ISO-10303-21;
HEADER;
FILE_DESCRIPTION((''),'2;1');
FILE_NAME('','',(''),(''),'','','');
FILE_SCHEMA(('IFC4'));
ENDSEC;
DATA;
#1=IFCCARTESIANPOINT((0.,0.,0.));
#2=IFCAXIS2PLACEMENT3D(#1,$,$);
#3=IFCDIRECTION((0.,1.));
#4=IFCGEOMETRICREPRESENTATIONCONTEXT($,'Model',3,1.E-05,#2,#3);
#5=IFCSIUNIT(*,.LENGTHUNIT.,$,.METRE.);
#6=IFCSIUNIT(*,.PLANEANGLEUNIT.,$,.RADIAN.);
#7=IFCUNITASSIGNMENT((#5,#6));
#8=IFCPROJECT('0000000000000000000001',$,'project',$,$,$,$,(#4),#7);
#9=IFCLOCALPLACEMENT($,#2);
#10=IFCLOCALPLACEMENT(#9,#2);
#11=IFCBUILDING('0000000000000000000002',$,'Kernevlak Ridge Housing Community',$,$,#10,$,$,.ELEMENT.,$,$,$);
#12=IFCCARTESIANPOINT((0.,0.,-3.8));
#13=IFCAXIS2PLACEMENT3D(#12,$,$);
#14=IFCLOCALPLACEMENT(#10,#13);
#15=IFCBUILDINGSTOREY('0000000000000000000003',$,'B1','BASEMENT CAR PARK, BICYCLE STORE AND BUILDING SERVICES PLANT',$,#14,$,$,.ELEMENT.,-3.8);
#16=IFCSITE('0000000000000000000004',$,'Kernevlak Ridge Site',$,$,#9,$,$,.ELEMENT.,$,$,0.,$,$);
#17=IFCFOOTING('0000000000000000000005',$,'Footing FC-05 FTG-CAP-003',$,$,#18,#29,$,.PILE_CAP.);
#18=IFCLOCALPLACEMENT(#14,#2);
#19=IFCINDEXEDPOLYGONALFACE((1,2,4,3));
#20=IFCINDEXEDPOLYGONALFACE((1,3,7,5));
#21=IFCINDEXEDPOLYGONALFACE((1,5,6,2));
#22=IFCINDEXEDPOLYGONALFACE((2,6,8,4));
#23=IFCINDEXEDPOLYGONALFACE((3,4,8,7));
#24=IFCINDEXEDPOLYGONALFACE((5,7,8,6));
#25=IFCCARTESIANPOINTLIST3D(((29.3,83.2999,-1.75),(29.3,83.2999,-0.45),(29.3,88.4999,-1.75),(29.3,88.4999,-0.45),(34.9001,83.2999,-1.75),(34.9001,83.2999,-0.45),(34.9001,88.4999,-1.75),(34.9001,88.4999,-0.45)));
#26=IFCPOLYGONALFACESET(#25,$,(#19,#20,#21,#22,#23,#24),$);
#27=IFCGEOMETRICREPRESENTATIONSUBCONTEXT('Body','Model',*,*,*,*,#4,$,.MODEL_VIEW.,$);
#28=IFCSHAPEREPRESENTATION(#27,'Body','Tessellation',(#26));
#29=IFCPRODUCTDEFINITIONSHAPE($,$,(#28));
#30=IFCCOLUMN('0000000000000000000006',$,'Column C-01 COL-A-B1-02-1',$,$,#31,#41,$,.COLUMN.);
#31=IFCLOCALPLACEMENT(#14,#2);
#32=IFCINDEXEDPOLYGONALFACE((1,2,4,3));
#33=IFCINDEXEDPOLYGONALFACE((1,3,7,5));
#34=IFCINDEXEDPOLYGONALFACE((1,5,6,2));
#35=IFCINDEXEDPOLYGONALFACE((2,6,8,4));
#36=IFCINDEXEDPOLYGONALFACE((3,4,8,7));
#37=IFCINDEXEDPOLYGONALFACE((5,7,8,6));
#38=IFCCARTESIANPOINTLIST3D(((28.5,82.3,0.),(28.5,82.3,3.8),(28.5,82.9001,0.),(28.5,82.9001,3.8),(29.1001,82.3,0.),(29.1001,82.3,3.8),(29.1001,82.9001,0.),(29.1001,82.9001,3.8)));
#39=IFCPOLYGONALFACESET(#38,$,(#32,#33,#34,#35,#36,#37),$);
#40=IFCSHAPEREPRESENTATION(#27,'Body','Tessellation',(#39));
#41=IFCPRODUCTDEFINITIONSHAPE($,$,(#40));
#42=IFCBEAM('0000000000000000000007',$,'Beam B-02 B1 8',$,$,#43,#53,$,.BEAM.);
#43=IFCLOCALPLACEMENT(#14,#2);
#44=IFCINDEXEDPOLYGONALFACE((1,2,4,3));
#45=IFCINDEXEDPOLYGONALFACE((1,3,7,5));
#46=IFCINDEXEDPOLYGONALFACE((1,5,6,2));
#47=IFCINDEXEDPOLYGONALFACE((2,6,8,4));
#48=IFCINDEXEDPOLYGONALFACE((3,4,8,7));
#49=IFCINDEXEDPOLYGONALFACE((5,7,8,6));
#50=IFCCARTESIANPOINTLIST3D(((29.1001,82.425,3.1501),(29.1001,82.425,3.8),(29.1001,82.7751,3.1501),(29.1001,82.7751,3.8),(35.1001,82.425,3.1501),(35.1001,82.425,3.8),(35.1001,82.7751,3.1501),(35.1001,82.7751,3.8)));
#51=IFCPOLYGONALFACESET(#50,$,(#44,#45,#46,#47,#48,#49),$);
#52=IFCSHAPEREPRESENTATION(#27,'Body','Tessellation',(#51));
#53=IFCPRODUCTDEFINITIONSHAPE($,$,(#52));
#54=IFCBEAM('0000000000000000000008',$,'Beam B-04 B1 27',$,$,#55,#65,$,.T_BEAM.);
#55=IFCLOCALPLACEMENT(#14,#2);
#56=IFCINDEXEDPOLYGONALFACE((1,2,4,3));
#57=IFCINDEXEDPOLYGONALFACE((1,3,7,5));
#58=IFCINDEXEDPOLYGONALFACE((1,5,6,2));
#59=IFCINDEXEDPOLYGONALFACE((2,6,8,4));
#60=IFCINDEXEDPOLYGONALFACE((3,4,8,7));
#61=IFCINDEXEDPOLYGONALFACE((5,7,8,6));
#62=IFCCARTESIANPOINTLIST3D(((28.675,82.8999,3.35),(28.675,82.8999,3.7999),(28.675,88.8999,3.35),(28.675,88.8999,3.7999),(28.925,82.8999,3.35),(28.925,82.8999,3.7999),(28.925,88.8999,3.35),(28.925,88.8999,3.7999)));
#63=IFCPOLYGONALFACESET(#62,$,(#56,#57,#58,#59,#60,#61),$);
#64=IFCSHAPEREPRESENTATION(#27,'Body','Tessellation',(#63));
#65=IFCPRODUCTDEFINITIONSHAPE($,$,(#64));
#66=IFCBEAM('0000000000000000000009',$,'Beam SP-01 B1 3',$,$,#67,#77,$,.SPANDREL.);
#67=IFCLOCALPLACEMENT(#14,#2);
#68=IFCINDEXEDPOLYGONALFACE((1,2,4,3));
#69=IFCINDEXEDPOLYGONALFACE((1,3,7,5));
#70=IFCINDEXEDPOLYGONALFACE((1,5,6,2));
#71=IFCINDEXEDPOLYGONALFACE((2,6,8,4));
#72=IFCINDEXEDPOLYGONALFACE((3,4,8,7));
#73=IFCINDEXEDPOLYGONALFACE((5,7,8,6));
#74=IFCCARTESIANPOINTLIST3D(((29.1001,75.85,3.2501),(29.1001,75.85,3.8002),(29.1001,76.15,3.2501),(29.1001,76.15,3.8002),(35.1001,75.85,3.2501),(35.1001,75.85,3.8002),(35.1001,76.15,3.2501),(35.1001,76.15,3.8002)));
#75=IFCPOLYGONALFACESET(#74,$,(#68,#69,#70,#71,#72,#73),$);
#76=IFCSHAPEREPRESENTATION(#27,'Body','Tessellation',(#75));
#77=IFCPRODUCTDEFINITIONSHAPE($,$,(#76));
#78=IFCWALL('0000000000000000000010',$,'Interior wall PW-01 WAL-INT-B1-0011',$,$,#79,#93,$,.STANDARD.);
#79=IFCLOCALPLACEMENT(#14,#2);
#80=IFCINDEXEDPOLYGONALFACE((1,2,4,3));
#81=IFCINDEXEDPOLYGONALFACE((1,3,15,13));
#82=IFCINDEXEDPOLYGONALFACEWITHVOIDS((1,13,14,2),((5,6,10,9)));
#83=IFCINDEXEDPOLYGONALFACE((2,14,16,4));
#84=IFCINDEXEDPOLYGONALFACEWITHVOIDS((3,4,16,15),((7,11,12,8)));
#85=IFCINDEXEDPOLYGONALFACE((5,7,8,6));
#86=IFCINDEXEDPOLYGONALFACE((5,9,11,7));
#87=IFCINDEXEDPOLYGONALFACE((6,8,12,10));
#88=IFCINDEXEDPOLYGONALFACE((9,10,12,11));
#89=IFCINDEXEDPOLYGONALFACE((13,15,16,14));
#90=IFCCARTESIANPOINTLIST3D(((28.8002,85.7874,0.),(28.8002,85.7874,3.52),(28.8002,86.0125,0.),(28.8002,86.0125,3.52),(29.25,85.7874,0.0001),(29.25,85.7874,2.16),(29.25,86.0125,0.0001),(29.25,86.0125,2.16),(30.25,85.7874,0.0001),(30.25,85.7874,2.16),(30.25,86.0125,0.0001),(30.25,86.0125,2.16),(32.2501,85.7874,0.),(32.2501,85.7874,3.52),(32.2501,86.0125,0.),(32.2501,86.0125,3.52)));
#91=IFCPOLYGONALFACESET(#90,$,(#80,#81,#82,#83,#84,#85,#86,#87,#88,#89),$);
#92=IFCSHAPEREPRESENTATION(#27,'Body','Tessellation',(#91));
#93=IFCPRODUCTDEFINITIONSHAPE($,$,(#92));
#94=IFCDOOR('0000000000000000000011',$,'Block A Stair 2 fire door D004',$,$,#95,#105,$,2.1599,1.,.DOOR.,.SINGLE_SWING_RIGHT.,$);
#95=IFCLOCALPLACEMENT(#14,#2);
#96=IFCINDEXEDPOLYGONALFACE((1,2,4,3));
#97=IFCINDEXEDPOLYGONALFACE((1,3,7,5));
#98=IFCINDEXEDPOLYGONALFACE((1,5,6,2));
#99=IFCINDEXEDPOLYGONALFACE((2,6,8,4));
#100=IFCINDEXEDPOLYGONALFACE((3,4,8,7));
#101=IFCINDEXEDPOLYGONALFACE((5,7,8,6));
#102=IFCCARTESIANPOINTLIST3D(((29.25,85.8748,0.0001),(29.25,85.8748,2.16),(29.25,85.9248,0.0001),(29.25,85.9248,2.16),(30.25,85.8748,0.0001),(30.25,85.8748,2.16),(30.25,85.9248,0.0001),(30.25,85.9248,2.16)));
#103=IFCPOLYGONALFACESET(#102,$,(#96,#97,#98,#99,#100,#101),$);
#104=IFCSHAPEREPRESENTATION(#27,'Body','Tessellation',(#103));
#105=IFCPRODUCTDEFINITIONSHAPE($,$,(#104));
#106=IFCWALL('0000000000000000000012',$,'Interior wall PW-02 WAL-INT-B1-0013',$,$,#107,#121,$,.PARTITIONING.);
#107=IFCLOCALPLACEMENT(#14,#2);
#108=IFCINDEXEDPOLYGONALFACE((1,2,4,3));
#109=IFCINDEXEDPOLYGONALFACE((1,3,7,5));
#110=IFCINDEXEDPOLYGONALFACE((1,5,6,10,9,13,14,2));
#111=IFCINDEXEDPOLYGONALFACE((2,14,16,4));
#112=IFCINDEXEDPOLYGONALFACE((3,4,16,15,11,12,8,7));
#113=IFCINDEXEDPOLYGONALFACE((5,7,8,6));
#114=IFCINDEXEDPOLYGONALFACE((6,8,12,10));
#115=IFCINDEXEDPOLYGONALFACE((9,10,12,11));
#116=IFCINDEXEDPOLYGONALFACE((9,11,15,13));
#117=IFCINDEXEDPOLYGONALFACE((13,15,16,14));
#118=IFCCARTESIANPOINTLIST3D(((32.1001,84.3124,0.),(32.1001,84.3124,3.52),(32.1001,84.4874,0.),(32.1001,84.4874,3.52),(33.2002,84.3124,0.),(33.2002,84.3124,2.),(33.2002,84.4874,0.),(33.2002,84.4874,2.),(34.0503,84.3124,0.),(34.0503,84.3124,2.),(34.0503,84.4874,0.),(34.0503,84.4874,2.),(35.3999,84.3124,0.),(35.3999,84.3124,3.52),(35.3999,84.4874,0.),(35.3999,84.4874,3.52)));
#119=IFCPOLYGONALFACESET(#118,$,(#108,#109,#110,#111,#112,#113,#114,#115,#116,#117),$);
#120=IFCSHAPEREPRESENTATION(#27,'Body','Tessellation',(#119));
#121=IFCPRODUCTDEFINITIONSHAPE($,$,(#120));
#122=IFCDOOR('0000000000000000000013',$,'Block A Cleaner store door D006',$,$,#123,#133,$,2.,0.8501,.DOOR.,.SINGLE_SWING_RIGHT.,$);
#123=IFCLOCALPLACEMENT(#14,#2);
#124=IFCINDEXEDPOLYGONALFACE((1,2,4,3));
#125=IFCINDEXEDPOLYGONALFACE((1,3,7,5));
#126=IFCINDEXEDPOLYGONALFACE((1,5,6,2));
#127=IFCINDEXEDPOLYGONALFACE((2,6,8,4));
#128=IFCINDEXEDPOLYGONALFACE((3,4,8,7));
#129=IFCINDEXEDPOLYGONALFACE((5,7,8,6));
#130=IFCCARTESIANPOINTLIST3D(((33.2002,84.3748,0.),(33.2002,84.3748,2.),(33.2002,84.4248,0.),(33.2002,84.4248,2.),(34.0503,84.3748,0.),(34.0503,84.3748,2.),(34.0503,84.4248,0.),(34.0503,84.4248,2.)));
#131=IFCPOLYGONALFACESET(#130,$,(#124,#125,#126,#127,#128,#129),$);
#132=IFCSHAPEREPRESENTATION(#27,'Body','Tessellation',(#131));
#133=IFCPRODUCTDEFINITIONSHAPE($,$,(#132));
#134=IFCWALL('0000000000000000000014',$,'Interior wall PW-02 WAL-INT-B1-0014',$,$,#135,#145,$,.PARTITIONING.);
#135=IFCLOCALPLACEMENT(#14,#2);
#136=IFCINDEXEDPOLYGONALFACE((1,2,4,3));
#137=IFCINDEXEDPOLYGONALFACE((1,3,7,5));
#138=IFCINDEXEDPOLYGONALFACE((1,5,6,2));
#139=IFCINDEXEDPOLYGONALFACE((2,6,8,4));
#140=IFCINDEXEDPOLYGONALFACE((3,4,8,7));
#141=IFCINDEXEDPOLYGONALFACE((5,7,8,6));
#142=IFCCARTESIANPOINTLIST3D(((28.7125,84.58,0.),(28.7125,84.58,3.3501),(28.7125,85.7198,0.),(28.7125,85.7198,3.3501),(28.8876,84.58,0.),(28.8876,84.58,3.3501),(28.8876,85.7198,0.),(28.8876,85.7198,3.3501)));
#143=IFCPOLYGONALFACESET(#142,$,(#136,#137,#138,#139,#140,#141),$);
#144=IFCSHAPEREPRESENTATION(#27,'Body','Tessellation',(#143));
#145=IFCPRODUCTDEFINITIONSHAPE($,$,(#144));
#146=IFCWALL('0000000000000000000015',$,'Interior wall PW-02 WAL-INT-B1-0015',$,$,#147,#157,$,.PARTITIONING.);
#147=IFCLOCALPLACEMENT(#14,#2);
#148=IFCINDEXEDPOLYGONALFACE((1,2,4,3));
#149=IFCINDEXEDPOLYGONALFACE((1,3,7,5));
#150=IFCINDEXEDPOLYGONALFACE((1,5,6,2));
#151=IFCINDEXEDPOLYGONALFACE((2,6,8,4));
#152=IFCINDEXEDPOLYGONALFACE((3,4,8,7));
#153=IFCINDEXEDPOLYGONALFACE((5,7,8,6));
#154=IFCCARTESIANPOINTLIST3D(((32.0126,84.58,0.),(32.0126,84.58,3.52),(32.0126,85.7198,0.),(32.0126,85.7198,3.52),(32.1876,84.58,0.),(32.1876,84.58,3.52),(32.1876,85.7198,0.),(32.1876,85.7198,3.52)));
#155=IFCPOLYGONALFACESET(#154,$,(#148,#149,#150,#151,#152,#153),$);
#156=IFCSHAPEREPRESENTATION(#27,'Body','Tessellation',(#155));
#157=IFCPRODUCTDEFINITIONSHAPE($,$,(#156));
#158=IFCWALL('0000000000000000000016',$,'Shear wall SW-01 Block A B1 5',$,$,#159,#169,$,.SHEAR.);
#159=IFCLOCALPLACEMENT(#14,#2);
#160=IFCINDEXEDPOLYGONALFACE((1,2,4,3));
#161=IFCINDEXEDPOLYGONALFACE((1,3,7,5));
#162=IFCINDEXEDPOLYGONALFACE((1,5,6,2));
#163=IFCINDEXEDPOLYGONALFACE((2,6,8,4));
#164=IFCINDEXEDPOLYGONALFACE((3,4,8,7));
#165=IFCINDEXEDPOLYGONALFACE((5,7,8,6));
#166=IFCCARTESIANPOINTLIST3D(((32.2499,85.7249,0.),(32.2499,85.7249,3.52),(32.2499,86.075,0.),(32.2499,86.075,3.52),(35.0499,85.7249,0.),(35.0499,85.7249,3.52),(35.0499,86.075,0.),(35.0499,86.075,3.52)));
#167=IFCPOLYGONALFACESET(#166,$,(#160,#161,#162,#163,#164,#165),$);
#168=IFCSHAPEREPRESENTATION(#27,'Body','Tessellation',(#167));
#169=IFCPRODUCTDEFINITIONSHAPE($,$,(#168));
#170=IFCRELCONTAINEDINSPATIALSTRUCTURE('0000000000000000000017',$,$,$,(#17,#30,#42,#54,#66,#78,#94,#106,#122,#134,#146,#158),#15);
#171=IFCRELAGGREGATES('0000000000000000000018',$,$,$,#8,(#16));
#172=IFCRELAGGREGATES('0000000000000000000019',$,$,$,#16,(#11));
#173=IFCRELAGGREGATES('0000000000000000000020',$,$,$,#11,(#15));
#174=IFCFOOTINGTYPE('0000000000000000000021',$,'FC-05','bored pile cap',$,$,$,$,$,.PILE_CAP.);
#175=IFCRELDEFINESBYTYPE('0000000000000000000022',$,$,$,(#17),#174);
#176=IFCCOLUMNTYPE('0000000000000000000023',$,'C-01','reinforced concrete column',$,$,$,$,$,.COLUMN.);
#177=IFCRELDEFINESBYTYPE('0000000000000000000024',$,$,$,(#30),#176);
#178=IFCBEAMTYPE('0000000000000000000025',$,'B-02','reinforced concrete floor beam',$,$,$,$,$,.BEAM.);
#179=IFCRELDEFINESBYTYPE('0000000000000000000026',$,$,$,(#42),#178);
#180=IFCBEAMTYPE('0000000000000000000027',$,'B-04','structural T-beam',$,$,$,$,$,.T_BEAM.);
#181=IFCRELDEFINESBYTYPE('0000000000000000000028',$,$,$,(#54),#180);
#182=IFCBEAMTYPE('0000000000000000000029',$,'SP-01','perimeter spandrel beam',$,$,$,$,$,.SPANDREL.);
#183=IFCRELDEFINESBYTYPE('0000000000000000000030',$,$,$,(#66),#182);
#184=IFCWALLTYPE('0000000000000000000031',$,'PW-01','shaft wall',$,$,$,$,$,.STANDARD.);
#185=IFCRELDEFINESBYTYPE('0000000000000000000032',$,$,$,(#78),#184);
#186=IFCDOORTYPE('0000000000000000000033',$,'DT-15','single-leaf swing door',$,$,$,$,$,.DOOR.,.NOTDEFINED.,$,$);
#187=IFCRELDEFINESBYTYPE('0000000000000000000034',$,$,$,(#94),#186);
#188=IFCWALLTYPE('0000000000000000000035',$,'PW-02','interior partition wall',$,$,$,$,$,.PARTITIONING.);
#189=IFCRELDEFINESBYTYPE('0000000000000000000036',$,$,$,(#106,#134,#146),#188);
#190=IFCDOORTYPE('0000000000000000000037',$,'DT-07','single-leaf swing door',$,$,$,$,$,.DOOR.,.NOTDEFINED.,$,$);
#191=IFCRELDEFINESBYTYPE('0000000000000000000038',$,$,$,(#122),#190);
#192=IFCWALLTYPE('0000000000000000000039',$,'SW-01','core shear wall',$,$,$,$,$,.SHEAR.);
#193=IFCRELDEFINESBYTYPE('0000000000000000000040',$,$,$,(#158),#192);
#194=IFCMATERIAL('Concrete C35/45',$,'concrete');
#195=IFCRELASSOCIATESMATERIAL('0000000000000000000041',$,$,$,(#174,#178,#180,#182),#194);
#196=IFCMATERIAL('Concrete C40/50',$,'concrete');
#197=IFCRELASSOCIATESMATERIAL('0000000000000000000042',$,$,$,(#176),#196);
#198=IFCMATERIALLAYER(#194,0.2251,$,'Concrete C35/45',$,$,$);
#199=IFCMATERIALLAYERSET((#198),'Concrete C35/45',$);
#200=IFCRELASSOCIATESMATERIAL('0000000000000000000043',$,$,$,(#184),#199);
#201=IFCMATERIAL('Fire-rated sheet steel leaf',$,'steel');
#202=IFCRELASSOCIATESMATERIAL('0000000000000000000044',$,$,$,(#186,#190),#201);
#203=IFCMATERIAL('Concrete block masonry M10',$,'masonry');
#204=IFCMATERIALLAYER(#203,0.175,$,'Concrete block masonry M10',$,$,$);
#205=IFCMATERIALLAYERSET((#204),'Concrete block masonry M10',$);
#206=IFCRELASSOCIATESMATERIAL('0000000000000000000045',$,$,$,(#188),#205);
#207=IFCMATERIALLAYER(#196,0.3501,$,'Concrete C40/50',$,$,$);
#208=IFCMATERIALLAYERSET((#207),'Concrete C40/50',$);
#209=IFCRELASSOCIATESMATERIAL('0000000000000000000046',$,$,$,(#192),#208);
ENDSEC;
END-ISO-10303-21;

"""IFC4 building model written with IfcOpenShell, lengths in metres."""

from ifc_helpers import new_model, si_unit, direction, frame, frame_2d, origin, origin_2d, place, context, subcontext, project, spatial, rectangle, extrude, material, layer, layer_set, material_profile, profile_set, type_object, element, fill, save


model = new_model("IFC4")

# Units and contexts
model_context = context("Model", 3, precision=1e-05, world=origin(), true_north=direction((0.0, 1.0)))
body_context = subcontext(model_context, "Body", "Model", "MODEL_VIEW")
ifc_project = project(units=[si_unit("LENGTHUNIT", "METRE"), si_unit("PLANEANGLEUNIT", "RADIAN")], contexts=[model_context])

# Site, building, storey
site_placement = place(None, origin())
site = spatial("IfcSite", under=ifc_project, at=site_placement, Name="Kernevlak Ridge Site", CompositionType="ELEMENT", RefElevation=0.0)
building_placement = place(site_placement, origin())
building = spatial("IfcBuilding", under=site, at=building_placement, Name="Kernevlak Ridge Housing Community", CompositionType="ELEMENT")
storey_placement = place(building_placement, frame((0.0, 0.0, -3.8)))
storey = spatial("IfcBuildingStorey", under=building, at=storey_placement, Name="B1", Description="BASEMENT CAR PARK, BICYCLE STORE AND BUILDING SERVICES PLANT", CompositionType="ELEMENT", Elevation=-3.8)

# Shared definitions
ifc_material_1 = material(Name="Concrete C35/45", Category="concrete")

# Footing
footing_type_1 = type_object("IfcFootingType", Name="FC-05", Description="bored pile cap", PredefinedType="PILE_CAP", material=ifc_material_1)
footing_1_placement = place(storey_placement, frame((32.1001, 85.8999, -1.75), z_axis=(0.0, 0.0, 1.0), x_axis=(1.0, 0.0, 0.0)))
element("IfcFooting", 1, at=footing_1_placement, inside=storey, type_object=footing_type_1, Name="Footing FC-05 FTG-CAP-003", PredefinedType="PILE_CAP", context=body_context, shape_type="SweptSolid", body=[
    extrude(rectangle(XDim=5.6001, YDim=5.2, at=origin_2d()), origin(), (0.0, 0.0, 1.0), 1.3),
])

# Column
ifc_material_2 = material(Name="Concrete C40/50", Category="concrete")
ifc_material_profile_1 = material_profile(ifc_material_2, rectangle(XDim=0.6001, YDim=0.6001, at=origin_2d()), Name="RC 600x600")
ifc_profile_set_1 = profile_set([ifc_material_profile_1], Name="Concrete C40/50")
column_type = type_object("IfcColumnType", Name="C-01", Description="reinforced concrete column", PredefinedType="COLUMN", material=ifc_profile_set_1)
column_placement = place(storey_placement, frame((28.8, 82.6001, 0.0), z_axis=(0.0, 0.0, 1.0), x_axis=(1.0, 0.0, 0.0)))
element("IfcColumn", 2, at=column_placement, inside=storey, type_object=column_type, Name="Column C-01 COL-A-B1-02-1", PredefinedType="COLUMN", context=body_context, shape_type="SweptSolid", body=[
    extrude(rectangle(XDim=0.6001, YDim=0.6001, at=origin_2d()), origin(), (0.0, 0.0, 1.0), 3.8),
])

# Beams
ifc_material_profile_2 = material_profile(ifc_material_1, rectangle(XDim=0.3501, YDim=0.6499, at=origin_2d()), Name="RC 350x650")
ifc_profile_set_2 = profile_set([ifc_material_profile_2], Name="Concrete C35/45")
beam_type_1 = type_object("IfcBeamType", Name="B-02", Description="reinforced concrete floor beam", PredefinedType="BEAM", material=ifc_profile_set_2)
beam_1_placement = place(storey_placement, frame((29.1001, 82.6001, 3.4751), z_axis=(1.0, 0.0, 0.0), x_axis=(0.0, 1.0, 0.0)))
element("IfcBeam", 3, at=beam_1_placement, inside=storey, type_object=beam_type_1, Name="Beam B-02 B1 8", PredefinedType="BEAM", context=body_context, shape_type="SweptSolid", body=[
    extrude(rectangle(XDim=0.3501, YDim=0.6499, at=origin_2d()), origin(), (0.0, 0.0, 1.0), 6.0),
])
ifc_material_profile_3 = material_profile(ifc_material_1, rectangle(XDim=0.25, YDim=0.45, at=origin_2d()), Name="RC 250x450")
ifc_profile_set_3 = profile_set([ifc_material_profile_3], Name="Concrete C35/45")
beam_type_2 = type_object("IfcBeamType", Name="B-04", Description="structural T-beam", PredefinedType="T_BEAM", material=ifc_profile_set_3)
beam_2_placement = place(storey_placement, frame((28.8, 82.8999, 3.575), z_axis=(0.0, 1.0, 0.0), x_axis=(-1.0, 0.0, 0.0)))
element("IfcBeam", 4, at=beam_2_placement, inside=storey, type_object=beam_type_2, Name="Beam B-04 B1 27", PredefinedType="T_BEAM", context=body_context, shape_type="SweptSolid", body=[
    extrude(rectangle(XDim=0.25, YDim=0.45, at=origin_2d()), origin(), (0.0, 0.0, 1.0), 6.0),
])
ifc_material_profile_4 = material_profile(ifc_material_1, rectangle(XDim=0.3, YDim=0.55, at=origin_2d()), Name="RC 300x550")
ifc_profile_set_4 = profile_set([ifc_material_profile_4], Name="Concrete C35/45")
beam_type_3 = type_object("IfcBeamType", Name="SP-01", Description="perimeter spandrel beam", PredefinedType="SPANDREL", material=ifc_profile_set_4)
beam_3_placement = place(storey_placement, frame((29.1001, 76.0, 3.5251), z_axis=(1.0, 0.0, 0.0), x_axis=(0.0, 1.0, 0.0)))
element("IfcBeam", 5, at=beam_3_placement, inside=storey, type_object=beam_type_3, Name="Beam SP-01 B1 3", PredefinedType="SPANDREL", context=body_context, shape_type="SweptSolid", body=[
    extrude(rectangle(XDim=0.3, YDim=0.55, at=origin_2d()), origin(), (0.0, 0.0, 1.0), 6.0),
])

# Walls, openings, doors
ifc_layer_1 = layer(ifc_material_1, 0.2251, Name="Concrete C35/45")
ifc_layer_set_1 = layer_set([ifc_layer_1], Name="Concrete C35/45")
wall_type_1 = type_object("IfcWallType", Name="PW-01", Description="shaft wall", PredefinedType="STANDARD", material=ifc_layer_set_1)
wall_1_placement = place(storey_placement, frame((28.8, 85.8999, 0.0), z_axis=(0.0, 0.0, 1.0), x_axis=(1.0, 0.0, 0.0)))
wall_1 = element("IfcWall", 6, at=wall_1_placement, inside=storey, type_object=wall_type_1, Name="Interior wall PW-01 WAL-INT-B1-0011", PredefinedType="STANDARD", context=body_context, shape_type="SweptSolid", body=[
    extrude(rectangle(XDim=3.45, YDim=0.2251, at=frame_2d((1.7251, 0.0))), origin(), (0.0, 0.0, 1.0), 3.52),
])
opening_1_placement = place(wall_1_placement, frame((0.45, 0.0, 0.0)))
opening_1 = element("IfcOpeningElement", 7, at=opening_1_placement, cuts=wall_1, PredefinedType="OPENING", context=body_context, shape_type="SweptSolid", body=[
    extrude(rectangle(XDim=1.0, YDim=2.1599, at=frame_2d((0.5, 1.0801))), frame((0.0, 0.1226, 0.0), z_axis=(0.0, -1.0, 0.0), x_axis=(1.0, 0.0, 0.0)), (0.0, 0.0, 1.0), 0.2451),
])
ifc_material_3 = material(Name="Fire-rated sheet steel leaf", Category="steel")
door_type_1 = type_object("IfcDoorType", Name="DT-15", Description="single-leaf swing door", OperationType="NOTDEFINED", PredefinedType="DOOR", material=ifc_material_3)
door_1_placement = place(opening_1_placement, origin())
door_1 = element("IfcDoor", 8, at=door_1_placement, inside=storey, type_object=door_type_1, Name="Block A Stair 2 fire door D004", OperationType="SINGLE_SWING_RIGHT", OverallHeight=2.1599, OverallWidth=1.0, PredefinedType="DOOR", context=body_context, shape_type="SweptSolid", body=[
    extrude(rectangle(XDim=1.0, YDim=2.1599, at=frame_2d((0.5, 1.0801))), frame((0.0, 0.0249, 0.0), z_axis=(0.0, -1.0, 0.0), x_axis=(1.0, 0.0, 0.0)), (0.0, 0.0, 1.0), 0.05),
])
fill(opening_1, door_1)
ifc_material_4 = material(Name="Concrete block masonry M10", Category="masonry")
ifc_layer_2 = layer(ifc_material_4, 0.175, Name="Concrete block masonry M10")
ifc_layer_set_2 = layer_set([ifc_layer_2], Name="Concrete block masonry M10")
wall_type_2 = type_object("IfcWallType", Name="PW-02", Description="interior partition wall", PredefinedType="PARTITIONING", material=ifc_layer_set_2)
wall_2_placement = place(storey_placement, frame((32.1001, 84.3999, 0.0), z_axis=(0.0, 0.0, 1.0), x_axis=(1.0, 0.0, 0.0)))
wall_2 = element("IfcWall", 9, at=wall_2_placement, inside=storey, type_object=wall_type_2, Name="Interior wall PW-02 WAL-INT-B1-0013", PredefinedType="PARTITIONING", context=body_context, shape_type="SweptSolid", body=[
    extrude(rectangle(XDim=3.2998, YDim=0.175, at=frame_2d((1.6499, 0.0))), origin(), (0.0, 0.0, 1.0), 3.52),
])
opening_2_placement = place(wall_2_placement, frame((1.1001, 0.0, 0.0)))
opening_2 = element("IfcOpeningElement", 10, at=opening_2_placement, cuts=wall_2, PredefinedType="OPENING", context=body_context, shape_type="SweptSolid", body=[
    extrude(rectangle(XDim=0.8501, YDim=2.0, at=frame_2d((0.425, 1.0))), frame((0.0, 0.0974, 0.0), z_axis=(0.0, -1.0, 0.0), x_axis=(1.0, 0.0, 0.0)), (0.0, 0.0, 1.0), 0.1951),
])
door_type_2 = type_object("IfcDoorType", Name="DT-07", Description="single-leaf swing door", OperationType="NOTDEFINED", PredefinedType="DOOR", material=ifc_material_3)
door_2_placement = place(opening_2_placement, origin())
door_2 = element("IfcDoor", 11, at=door_2_placement, inside=storey, type_object=door_type_2, Name="Block A Cleaner store door D006", OperationType="SINGLE_SWING_RIGHT", OverallHeight=2.0, OverallWidth=0.8501, PredefinedType="DOOR", context=body_context, shape_type="SweptSolid", body=[
    extrude(rectangle(XDim=0.8501, YDim=2.0, at=frame_2d((0.425, 1.0))), frame((0.0, 0.0249, 0.0), z_axis=(0.0, -1.0, 0.0), x_axis=(1.0, 0.0, 0.0)), (0.0, 0.0, 1.0), 0.05),
])
fill(opening_2, door_2)

# Walls
wall_3_placement = place(storey_placement, frame((28.8, 84.5801, 0.0), z_axis=(0.0, 0.0, 1.0), x_axis=(0.0, 1.0, 0.0)))
element("IfcWall", 12, at=wall_3_placement, inside=storey, type_object=wall_type_2, Name="Interior wall PW-02 WAL-INT-B1-0014", PredefinedType="PARTITIONING", context=body_context, shape_type="SweptSolid", body=[
    extrude(rectangle(XDim=1.1399, YDim=0.175, at=frame_2d((0.5698, 0.0))), origin(), (0.0, 0.0, 1.0), 3.3501),
])
wall_4_placement = place(storey_placement, frame((32.1001, 84.5801, 0.0), z_axis=(0.0, 0.0, 1.0), x_axis=(0.0, 1.0, 0.0)))
element("IfcWall", 13, at=wall_4_placement, inside=storey, type_object=wall_type_2, Name="Interior wall PW-02 WAL-INT-B1-0015", PredefinedType="PARTITIONING", context=body_context, shape_type="SweptSolid", body=[
    extrude(rectangle(XDim=1.1399, YDim=0.175, at=frame_2d((0.5698, 0.0))), origin(), (0.0, 0.0, 1.0), 3.52),
])
ifc_layer_3 = layer(ifc_material_2, 0.3501, Name="Concrete C40/50")
ifc_layer_set_3 = layer_set([ifc_layer_3], Name="Concrete C40/50")
wall_type_3 = type_object("IfcWallType", Name="SW-01", Description="core shear wall", PredefinedType="SHEAR", material=ifc_layer_set_3)
for number, where, z_axis, x_axis, name in (
    (14, (32.25, 85.8999, 0.0), (0.0, 0.0, 1.0), (1.0, 0.0, 0.0), "Shear wall SW-01 Block A B1 5"),
):
    element("IfcWall", number, at=place(storey_placement, frame(where, z_axis=z_axis, x_axis=x_axis)), inside=storey, type_object=wall_type_3, Name=name, PredefinedType="SHEAR", context=body_context, shape_type="SweptSolid", body=[
        extrude(rectangle(XDim=2.8, YDim=0.3501, at=frame_2d((1.3999, 0.0))), origin(), (0.0, 0.0, 1.0), 3.52),
    ])

save(model, "model.ifc")
